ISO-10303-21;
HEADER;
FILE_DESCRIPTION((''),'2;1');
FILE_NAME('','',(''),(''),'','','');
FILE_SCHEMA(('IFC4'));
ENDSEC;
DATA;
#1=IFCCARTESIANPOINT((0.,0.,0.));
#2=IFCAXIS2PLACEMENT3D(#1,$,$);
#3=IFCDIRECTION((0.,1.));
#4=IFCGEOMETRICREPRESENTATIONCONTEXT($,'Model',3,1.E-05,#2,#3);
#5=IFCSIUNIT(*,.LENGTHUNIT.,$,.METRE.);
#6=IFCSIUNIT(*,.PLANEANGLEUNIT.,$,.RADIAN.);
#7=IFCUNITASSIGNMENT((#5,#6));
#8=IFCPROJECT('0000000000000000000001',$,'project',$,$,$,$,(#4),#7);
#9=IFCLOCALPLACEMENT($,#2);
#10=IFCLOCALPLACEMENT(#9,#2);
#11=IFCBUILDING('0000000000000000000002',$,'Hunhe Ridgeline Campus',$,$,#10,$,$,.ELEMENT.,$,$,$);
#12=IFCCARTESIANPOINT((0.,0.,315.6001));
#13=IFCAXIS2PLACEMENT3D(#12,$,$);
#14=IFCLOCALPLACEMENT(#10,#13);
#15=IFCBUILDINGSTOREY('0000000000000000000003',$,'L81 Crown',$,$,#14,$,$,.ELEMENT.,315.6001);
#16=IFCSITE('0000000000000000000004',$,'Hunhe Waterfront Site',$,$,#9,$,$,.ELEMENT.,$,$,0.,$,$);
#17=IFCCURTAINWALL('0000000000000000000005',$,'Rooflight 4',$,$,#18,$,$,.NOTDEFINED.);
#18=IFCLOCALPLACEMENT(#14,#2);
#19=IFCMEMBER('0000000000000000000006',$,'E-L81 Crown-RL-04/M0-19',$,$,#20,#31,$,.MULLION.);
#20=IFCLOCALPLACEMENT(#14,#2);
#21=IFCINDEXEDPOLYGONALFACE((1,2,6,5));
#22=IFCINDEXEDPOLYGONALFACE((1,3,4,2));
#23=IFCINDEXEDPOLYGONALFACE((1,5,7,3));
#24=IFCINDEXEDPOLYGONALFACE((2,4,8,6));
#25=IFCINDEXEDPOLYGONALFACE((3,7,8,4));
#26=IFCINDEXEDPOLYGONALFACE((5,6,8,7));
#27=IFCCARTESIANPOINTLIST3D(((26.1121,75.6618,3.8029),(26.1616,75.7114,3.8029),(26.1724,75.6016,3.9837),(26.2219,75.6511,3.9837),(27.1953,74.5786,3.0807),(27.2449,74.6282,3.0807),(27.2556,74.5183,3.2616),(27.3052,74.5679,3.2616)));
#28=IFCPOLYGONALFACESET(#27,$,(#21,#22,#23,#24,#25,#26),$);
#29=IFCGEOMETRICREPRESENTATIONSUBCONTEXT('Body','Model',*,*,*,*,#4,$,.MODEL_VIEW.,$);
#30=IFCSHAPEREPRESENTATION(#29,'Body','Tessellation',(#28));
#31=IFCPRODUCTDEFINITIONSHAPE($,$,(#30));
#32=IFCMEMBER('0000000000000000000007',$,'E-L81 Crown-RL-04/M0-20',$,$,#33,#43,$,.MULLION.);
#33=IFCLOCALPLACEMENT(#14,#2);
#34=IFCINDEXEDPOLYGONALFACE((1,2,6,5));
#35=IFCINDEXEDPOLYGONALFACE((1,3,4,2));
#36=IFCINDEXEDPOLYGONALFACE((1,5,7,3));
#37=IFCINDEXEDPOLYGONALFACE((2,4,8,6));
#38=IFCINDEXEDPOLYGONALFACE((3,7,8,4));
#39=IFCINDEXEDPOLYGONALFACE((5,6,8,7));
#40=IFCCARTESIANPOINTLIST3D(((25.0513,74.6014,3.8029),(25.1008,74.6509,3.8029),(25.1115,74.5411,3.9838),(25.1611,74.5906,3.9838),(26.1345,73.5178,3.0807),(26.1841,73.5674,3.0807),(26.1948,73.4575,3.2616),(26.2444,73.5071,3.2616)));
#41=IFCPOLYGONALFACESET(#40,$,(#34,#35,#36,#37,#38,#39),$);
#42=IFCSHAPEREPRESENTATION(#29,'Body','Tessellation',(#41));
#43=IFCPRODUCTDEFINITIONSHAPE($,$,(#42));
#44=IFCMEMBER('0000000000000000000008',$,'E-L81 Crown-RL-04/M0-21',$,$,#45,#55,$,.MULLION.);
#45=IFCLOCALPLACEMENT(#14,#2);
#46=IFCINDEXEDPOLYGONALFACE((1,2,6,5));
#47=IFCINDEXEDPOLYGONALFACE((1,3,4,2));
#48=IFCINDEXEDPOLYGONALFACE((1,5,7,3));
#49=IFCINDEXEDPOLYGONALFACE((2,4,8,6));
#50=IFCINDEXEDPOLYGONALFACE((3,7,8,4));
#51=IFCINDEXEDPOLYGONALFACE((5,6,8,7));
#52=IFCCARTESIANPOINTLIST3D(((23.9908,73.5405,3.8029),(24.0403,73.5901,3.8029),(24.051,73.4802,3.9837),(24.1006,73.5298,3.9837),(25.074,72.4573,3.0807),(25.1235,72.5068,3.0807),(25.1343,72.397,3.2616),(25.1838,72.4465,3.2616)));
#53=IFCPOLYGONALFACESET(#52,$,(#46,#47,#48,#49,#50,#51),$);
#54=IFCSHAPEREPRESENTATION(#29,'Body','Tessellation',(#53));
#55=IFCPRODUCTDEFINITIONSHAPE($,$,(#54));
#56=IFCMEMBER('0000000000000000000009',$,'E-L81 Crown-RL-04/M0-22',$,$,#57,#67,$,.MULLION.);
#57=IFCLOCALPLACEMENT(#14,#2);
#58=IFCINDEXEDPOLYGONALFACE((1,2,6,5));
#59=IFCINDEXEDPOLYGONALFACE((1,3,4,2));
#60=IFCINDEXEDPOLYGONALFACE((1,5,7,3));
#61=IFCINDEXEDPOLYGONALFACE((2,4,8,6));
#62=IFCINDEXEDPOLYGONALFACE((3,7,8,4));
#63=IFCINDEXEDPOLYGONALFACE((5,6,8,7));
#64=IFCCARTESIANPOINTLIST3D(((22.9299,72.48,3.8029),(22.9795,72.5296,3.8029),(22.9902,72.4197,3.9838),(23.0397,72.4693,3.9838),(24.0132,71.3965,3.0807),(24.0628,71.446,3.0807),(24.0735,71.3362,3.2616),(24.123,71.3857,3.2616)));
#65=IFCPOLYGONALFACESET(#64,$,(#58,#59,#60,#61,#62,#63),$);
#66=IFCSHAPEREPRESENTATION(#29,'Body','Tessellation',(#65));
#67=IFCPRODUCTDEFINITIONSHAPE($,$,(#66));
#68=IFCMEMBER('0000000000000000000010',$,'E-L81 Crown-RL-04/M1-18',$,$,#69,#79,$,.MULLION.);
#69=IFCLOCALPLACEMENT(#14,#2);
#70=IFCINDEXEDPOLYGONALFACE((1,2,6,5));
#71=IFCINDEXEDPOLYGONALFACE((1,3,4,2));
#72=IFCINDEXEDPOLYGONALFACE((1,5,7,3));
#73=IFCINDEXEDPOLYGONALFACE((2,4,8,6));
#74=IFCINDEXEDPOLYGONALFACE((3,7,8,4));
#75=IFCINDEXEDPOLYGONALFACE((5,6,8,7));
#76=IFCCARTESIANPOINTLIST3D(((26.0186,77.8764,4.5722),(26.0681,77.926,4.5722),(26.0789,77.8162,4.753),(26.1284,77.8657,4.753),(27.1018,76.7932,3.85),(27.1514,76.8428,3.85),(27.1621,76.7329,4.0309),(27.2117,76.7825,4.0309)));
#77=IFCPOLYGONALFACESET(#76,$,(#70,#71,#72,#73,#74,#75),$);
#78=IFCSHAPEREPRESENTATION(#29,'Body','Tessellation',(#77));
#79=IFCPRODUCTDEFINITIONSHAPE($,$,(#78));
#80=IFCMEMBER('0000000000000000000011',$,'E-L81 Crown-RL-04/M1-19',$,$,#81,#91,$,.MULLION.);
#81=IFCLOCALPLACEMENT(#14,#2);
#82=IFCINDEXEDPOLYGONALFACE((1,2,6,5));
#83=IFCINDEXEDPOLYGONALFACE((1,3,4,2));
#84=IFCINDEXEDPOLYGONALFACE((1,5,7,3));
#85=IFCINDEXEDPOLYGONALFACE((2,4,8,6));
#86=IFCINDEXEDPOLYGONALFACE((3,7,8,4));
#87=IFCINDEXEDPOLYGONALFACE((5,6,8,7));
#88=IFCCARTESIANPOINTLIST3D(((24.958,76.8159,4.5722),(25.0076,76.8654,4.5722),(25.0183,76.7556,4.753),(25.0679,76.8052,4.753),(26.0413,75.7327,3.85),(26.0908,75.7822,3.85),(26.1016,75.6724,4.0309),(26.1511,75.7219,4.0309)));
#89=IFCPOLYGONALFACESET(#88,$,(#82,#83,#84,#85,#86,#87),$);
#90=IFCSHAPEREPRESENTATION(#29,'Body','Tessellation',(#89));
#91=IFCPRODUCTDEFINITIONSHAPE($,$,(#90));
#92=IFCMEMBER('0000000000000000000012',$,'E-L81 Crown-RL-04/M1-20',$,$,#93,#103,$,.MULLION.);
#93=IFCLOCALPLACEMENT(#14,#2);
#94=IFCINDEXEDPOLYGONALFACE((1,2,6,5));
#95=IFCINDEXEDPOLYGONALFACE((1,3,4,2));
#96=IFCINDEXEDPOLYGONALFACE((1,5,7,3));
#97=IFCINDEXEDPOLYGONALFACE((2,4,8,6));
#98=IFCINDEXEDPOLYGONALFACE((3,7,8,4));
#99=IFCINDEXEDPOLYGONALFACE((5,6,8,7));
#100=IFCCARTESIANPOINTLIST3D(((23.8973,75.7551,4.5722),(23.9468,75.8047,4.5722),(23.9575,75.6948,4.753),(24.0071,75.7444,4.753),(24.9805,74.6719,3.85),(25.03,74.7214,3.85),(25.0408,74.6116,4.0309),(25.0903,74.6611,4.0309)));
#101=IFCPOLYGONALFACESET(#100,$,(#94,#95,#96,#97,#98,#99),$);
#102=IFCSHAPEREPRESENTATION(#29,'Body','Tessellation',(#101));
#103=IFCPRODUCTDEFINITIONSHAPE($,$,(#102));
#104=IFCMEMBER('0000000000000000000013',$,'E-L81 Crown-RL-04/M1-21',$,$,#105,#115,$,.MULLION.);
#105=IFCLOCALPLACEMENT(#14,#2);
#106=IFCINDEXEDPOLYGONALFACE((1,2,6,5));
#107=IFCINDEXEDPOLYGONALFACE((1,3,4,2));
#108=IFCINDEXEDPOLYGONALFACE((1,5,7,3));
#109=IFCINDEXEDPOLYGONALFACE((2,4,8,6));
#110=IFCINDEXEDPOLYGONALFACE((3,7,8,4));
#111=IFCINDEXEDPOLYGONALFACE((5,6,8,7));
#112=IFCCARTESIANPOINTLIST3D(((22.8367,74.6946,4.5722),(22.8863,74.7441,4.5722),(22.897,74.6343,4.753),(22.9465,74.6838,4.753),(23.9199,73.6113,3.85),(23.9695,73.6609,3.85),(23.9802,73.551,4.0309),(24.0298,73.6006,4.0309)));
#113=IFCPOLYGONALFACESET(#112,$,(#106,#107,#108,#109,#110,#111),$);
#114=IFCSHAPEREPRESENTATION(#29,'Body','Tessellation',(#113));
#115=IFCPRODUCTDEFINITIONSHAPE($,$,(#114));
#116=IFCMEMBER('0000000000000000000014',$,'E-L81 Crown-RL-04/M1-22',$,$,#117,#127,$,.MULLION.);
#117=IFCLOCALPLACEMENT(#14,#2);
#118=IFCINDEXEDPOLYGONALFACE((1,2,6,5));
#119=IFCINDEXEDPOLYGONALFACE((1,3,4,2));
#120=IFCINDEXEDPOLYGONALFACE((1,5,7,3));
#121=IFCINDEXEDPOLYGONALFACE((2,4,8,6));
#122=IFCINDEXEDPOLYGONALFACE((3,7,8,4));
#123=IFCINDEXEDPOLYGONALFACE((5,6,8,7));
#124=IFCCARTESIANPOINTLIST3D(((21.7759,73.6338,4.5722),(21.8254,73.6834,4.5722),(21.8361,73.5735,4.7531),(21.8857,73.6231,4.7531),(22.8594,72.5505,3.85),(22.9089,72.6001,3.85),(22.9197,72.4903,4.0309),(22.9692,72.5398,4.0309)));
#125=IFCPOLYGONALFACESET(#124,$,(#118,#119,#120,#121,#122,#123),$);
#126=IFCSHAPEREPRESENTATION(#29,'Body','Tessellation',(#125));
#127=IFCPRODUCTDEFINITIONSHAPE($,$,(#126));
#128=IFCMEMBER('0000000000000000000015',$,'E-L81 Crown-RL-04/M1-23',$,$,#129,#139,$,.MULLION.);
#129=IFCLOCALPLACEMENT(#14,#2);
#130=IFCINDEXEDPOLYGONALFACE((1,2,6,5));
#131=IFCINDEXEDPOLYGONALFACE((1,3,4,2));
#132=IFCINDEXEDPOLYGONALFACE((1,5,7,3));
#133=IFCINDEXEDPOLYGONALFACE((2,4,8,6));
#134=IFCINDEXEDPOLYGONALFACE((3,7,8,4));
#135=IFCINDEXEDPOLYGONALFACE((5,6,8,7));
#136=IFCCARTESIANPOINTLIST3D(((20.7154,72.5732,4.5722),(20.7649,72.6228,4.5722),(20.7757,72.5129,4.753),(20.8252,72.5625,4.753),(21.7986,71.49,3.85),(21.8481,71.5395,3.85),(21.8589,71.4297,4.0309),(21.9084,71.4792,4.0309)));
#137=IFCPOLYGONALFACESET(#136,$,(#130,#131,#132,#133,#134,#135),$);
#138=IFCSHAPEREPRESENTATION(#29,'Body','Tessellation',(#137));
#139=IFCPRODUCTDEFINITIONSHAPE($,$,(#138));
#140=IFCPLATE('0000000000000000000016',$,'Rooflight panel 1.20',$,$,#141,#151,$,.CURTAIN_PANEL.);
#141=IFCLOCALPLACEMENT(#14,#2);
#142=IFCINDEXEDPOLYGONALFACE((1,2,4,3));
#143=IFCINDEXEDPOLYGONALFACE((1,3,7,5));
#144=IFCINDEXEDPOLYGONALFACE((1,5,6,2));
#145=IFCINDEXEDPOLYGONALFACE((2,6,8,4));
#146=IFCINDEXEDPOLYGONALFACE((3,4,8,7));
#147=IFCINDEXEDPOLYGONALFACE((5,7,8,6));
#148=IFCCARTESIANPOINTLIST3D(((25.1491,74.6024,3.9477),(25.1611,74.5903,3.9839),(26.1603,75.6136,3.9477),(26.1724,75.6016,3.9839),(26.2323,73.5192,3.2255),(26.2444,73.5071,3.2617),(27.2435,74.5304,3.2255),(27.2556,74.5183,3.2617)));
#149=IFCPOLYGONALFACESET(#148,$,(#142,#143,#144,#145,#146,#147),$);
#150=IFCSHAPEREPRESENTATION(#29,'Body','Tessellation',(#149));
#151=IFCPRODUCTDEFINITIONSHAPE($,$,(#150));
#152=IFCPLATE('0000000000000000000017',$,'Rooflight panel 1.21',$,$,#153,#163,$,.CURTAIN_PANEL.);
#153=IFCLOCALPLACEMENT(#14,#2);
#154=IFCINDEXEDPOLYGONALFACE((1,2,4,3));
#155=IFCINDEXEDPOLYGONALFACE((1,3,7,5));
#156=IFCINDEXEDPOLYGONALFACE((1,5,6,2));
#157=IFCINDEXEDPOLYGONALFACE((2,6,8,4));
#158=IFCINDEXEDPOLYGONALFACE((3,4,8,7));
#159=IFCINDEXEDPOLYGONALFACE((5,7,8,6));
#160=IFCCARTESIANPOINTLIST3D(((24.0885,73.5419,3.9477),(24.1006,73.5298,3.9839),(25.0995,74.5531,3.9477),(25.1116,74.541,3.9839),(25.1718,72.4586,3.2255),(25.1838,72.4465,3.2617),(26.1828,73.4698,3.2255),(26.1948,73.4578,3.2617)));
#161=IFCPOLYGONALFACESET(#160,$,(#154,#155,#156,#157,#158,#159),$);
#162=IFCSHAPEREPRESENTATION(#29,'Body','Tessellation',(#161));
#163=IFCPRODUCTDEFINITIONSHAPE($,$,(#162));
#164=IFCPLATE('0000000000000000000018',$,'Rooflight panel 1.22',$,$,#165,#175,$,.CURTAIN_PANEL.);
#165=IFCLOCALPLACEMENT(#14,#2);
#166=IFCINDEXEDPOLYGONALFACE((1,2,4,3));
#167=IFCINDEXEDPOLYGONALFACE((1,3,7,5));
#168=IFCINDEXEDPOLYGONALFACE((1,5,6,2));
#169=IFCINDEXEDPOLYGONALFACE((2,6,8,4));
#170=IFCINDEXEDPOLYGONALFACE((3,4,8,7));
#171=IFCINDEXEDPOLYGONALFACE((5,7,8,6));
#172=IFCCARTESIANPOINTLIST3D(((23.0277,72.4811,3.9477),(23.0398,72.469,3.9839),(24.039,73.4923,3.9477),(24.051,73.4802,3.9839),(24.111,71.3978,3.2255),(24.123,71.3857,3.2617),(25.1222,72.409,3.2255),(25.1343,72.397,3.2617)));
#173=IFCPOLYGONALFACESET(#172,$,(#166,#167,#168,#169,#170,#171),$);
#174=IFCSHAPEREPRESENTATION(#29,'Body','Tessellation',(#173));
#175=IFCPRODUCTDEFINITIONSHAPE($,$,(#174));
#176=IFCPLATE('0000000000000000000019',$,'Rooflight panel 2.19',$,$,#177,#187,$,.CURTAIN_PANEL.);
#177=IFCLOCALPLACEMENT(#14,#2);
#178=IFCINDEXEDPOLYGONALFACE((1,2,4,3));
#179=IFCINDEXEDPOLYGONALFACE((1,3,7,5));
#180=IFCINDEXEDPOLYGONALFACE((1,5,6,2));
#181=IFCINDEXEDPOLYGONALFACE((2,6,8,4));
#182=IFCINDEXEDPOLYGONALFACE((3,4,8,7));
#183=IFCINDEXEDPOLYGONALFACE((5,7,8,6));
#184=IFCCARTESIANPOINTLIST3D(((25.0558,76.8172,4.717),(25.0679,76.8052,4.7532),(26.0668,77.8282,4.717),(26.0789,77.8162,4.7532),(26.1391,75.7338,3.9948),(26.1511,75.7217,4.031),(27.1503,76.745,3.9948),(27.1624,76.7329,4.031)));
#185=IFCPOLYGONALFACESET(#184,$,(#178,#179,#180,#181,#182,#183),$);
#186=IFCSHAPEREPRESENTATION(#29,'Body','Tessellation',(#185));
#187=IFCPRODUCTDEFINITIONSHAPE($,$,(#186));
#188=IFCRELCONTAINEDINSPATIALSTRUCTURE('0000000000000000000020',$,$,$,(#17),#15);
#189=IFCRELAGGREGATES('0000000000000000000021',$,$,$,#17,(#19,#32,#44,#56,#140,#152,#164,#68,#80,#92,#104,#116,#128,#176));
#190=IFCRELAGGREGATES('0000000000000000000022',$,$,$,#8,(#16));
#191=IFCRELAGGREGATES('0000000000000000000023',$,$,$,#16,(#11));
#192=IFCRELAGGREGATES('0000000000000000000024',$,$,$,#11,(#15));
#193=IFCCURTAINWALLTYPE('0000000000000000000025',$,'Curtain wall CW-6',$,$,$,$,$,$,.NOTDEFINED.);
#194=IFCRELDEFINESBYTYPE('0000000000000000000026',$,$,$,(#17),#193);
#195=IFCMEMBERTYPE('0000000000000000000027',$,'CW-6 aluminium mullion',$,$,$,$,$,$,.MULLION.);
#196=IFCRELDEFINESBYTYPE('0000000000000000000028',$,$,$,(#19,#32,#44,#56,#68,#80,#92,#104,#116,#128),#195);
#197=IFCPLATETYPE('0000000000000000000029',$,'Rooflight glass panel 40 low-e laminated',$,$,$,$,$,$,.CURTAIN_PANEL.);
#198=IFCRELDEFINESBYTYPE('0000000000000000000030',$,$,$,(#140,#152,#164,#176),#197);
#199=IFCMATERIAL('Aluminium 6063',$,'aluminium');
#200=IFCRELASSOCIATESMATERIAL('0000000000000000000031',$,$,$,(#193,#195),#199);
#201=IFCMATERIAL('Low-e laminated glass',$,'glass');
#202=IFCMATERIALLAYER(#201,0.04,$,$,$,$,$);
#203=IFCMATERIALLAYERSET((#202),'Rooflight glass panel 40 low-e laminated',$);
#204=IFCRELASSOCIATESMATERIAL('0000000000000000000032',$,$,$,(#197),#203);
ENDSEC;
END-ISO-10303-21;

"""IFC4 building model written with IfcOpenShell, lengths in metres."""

from ifc_helpers import new_model, si_unit, direction, frame, origin, origin_2d, place, context, subcontext, project, spatial, polyline, rectangle, outline, extrude, material, layer, layer_set, material_profile, profile_set, type_object, element, aggregate, save


model = new_model("IFC4")

# Units and contexts
model_context = context("Model", 3, precision=1e-05, world=origin(), true_north=direction((0.0, 1.0)))
body_context = subcontext(model_context, "Body", "Model", "MODEL_VIEW")
ifc_project = project(units=[si_unit("LENGTHUNIT", "METRE"), si_unit("PLANEANGLEUNIT", "RADIAN")], contexts=[model_context])

# Site, building, storey
site_placement = place(None, origin())
site = spatial("IfcSite", under=ifc_project, at=site_placement, Name="Hunhe Waterfront Site", CompositionType="ELEMENT", RefElevation=0.0)
building_placement = place(site_placement, origin())
building = spatial("IfcBuilding", under=site, at=building_placement, Name="Hunhe Ridgeline Campus", CompositionType="ELEMENT")
storey_placement = place(building_placement, frame((0.0, 0.0, 315.6001)))
storey = spatial("IfcBuildingStorey", under=building, at=storey_placement, Name="L81 Crown", CompositionType="ELEMENT", Elevation=315.6001)

# Curtain wall, members, plates
ifc_material_1 = material(Name="Aluminium 6063", Category="aluminium")
curtain_wall_type = type_object("IfcCurtainWallType", Name="Curtain wall CW-6", PredefinedType="NOTDEFINED", material=ifc_material_1)
curtain_wall_placement = place(storey_placement, origin())
curtain_wall = element("IfcCurtainWall", 1, at=curtain_wall_placement, inside=storey, type_object=curtain_wall_type, Name="Rooflight 4", PredefinedType="NOTDEFINED")
ifc_material_profile = material_profile(ifc_material_1, rectangle(XDim=0.0701, YDim=0.2, at=origin_2d()))
ifc_profile_set = profile_set([ifc_material_profile], Name="Aluminium 6063")
member_type = type_object("IfcMemberType", Name="CW-6 aluminium mullion", PredefinedType="MULLION", material=ifc_profile_set)
member_1_placement = place(storey_placement, frame((27.2502, 74.5732, 3.1711), z_axis=(-0.639602, 0.639602, 0.426401), x_axis=(-0.707107, -0.707107, 0.0)))
member_1 = element("IfcMember", 2, at=member_1_placement, type_object=member_type, Name="E-L81 Crown-RL-04/M0-19", PredefinedType="MULLION", context=body_context, shape_type="SweptSolid", body=[
    extrude(rectangle(XDim=0.0701, YDim=0.2, at=origin_2d()), origin(), (0.0, 0.0, 1.0), 1.6936),
])
member_2_placement = place(storey_placement, frame((26.1895, 73.5125, 3.1711), z_axis=(-0.639543, 0.639687, 0.426362), x_axis=(-0.707186, -0.707027, 0.0)))
member_2 = element("IfcMember", 3, at=member_2_placement, type_object=member_type, Name="E-L81 Crown-RL-04/M0-20", PredefinedType="MULLION", context=body_context, shape_type="SweptSolid", body=[
    extrude(rectangle(XDim=0.0701, YDim=0.2, at=origin_2d()), origin(), (0.0, 0.0, 1.0), 1.6938),
])
member_3_placement = place(storey_placement, frame((25.1289, 72.4519, 3.1711), z_axis=(-0.639602, 0.639602, 0.426401), x_axis=(-0.707107, -0.707107, 0.0)))
member_3 = element("IfcMember", 4, at=member_3_placement, type_object=member_type, Name="E-L81 Crown-RL-04/M0-21", PredefinedType="MULLION", context=body_context, shape_type="SweptSolid", body=[
    extrude(rectangle(XDim=0.0701, YDim=0.2, at=origin_2d()), origin(), (0.0, 0.0, 1.0), 1.6936),
])
member_4_placement = place(storey_placement, frame((24.0681, 71.3911, 3.1711), z_axis=(-0.639543, 0.639687, 0.426362), x_axis=(-0.707186, -0.707027, 0.0)))
member_4 = element("IfcMember", 5, at=member_4_placement, type_object=member_type, Name="E-L81 Crown-RL-04/M0-22", PredefinedType="MULLION", context=body_context, shape_type="SweptSolid", body=[
    extrude(rectangle(XDim=0.0701, YDim=0.2, at=origin_2d()), origin(), (0.0, 0.0, 1.0), 1.6938),
])
member_5_placement = place(storey_placement, frame((27.1567, 76.7878, 3.9404), z_axis=(-0.639602, 0.639602, 0.426401), x_axis=(-0.707107, -0.707107, 0.0)))
member_5 = element("IfcMember", 6, at=member_5_placement, type_object=member_type, Name="E-L81 Crown-RL-04/M1-18", PredefinedType="MULLION", context=body_context, shape_type="SweptSolid", body=[
    extrude(rectangle(XDim=0.0701, YDim=0.2, at=origin_2d()), origin(), (0.0, 0.0, 1.0), 1.6936),
])
member_6_placement = place(storey_placement, frame((26.0962, 75.7273, 3.9404), z_axis=(-0.639602, 0.639602, 0.426401), x_axis=(-0.707107, -0.707107, 0.0)))
member_6 = element("IfcMember", 7, at=member_6_placement, type_object=member_type, Name="E-L81 Crown-RL-04/M1-19", PredefinedType="MULLION", context=body_context, shape_type="SweptSolid", body=[
    extrude(rectangle(XDim=0.0701, YDim=0.2, at=origin_2d()), origin(), (0.0, 0.0, 1.0), 1.6936),
])
member_7_placement = place(storey_placement, frame((25.0354, 74.6665, 3.9404), z_axis=(-0.639602, 0.639602, 0.426401), x_axis=(-0.707107, -0.707107, 0.0)))
member_7 = element("IfcMember", 8, at=member_7_placement, type_object=member_type, Name="E-L81 Crown-RL-04/M1-20", PredefinedType="MULLION", context=body_context, shape_type="SweptSolid", body=[
    extrude(rectangle(XDim=0.0701, YDim=0.2, at=origin_2d()), origin(), (0.0, 0.0, 1.0), 1.6936),
])
member_8_placement = place(storey_placement, frame((23.9749, 73.606, 3.9404), z_axis=(-0.639602, 0.639602, 0.426401), x_axis=(-0.707107, -0.707107, 0.0)))
member_8 = element("IfcMember", 9, at=member_8_placement, type_object=member_type, Name="E-L81 Crown-RL-04/M1-21", PredefinedType="MULLION", context=body_context, shape_type="SweptSolid", body=[
    extrude(rectangle(XDim=0.0701, YDim=0.2, at=origin_2d()), origin(), (0.0, 0.0, 1.0), 1.6936),
])
member_9_placement = place(storey_placement, frame((22.9143, 72.5452, 3.9404), z_axis=(-0.639687, 0.639543, 0.426362), x_axis=(-0.707027, -0.707186, 0.0)))
member_9 = element("IfcMember", 10, at=member_9_placement, type_object=member_type, Name="E-L81 Crown-RL-04/M1-22", PredefinedType="MULLION", context=body_context, shape_type="SweptSolid", body=[
    extrude(rectangle(XDim=0.0701, YDim=0.2, at=origin_2d()), origin(), (0.0, 0.0, 1.0), 1.6938),
])
member_10_placement = place(storey_placement, frame((21.8535, 71.4846, 3.9404), z_axis=(-0.639602, 0.639602, 0.426401), x_axis=(-0.707107, -0.707107, 0.0)))
member_10 = element("IfcMember", 11, at=member_10_placement, type_object=member_type, Name="E-L81 Crown-RL-04/M1-23", PredefinedType="MULLION", context=body_context, shape_type="SweptSolid", body=[
    extrude(rectangle(XDim=0.0701, YDim=0.2, at=origin_2d()), origin(), (0.0, 0.0, 1.0), 1.6936),
])
ifc_material_2 = material(Name="Low-e laminated glass", Category="glass")
ifc_layer_1 = layer(ifc_material_2, 0.04)
ifc_layer_set_1 = layer_set([ifc_layer_1], Name="Rooflight glass panel 40 low-e laminated")
plate_type = type_object("IfcPlateType", Name="Rooflight glass panel 40 low-e laminated", PredefinedType="CURTAIN_PANEL", material=ifc_layer_set_1)
plate_1_placement = place(storey_placement, frame((27.2556, 74.5183, 3.2617), z_axis=(0.301511, -0.301511, 0.904534), x_axis=(-0.639602, 0.639602, 0.426401)))
plate_1 = element("IfcPlate", 12, at=plate_1_placement, type_object=plate_type, Name="Rooflight panel 1.20", PredefinedType="CURTAIN_PANEL", context=body_context, shape_type="SweptSolid", body=[
    extrude(outline(polyline([(0.0, 0.0), (1.6936, 0.0), (1.6936, 1.4301), (0.0, 1.4301), (0.0, 0.0)])), origin(), (0.0, 0.0, -1.0), 0.04),
])
plate_2_placement = place(storey_placement, frame((26.1948, 73.4578, 3.2617), z_axis=(0.301548, -0.301475, 0.904534), x_axis=(-0.639602, 0.639602, 0.426401)))
plate_2 = element("IfcPlate", 13, at=plate_2_placement, type_object=plate_type, Name="Rooflight panel 1.21", PredefinedType="CURTAIN_PANEL", context=body_context, shape_type="SweptSolid", body=[
    extrude(outline(polyline([(0.0, 0.0), (1.6936, 0.0), (1.6935, 1.4299), (-0.0002, 1.4299), (0.0, 0.0)])), origin(), (0.0, 0.0, -1.0), 0.04),
])
plate_3_placement = place(storey_placement, frame((25.1343, 72.397, 3.2617), z_axis=(0.301511, -0.301511, 0.904534), x_axis=(-0.639602, 0.639602, 0.426401)))
plate_3 = element("IfcPlate", 14, at=plate_3_placement, type_object=plate_type, Name="Rooflight panel 1.22", PredefinedType="CURTAIN_PANEL", context=body_context, shape_type="SweptSolid", body=[
    extrude(outline(polyline([(0.0, 0.0), (1.6936, 0.0), (1.6936, 1.4301), (0.0, 1.4301), (0.0, 0.0)])), origin(), (0.0, 0.0, -1.0), 0.04),
])
plate_4_placement = place(storey_placement, frame((27.1624, 76.7329, 4.031), z_axis=(0.301484, -0.301484, 0.904553), x_axis=(-0.639687, 0.639543, 0.426362)))
plate_4 = element("IfcPlate", 15, at=plate_4_placement, type_object=plate_type, Name="Rooflight panel 2.19", PredefinedType="CURTAIN_PANEL", context=body_context, shape_type="SweptSolid", body=[
    extrude(outline(polyline([(0.0, 0.0), (1.6938, 0.0), (1.6939, 1.4298), (0.0001, 1.4301), (0.0, 0.0)])), origin(), (0.0, 0.0, -1.0), 0.04),
])
aggregate(curtain_wall, [member_1, member_2, member_3, member_4, plate_1, plate_2, plate_3, member_5, member_6, member_7, member_8, member_9, member_10, plate_4])

save(model, "model.ifc")
